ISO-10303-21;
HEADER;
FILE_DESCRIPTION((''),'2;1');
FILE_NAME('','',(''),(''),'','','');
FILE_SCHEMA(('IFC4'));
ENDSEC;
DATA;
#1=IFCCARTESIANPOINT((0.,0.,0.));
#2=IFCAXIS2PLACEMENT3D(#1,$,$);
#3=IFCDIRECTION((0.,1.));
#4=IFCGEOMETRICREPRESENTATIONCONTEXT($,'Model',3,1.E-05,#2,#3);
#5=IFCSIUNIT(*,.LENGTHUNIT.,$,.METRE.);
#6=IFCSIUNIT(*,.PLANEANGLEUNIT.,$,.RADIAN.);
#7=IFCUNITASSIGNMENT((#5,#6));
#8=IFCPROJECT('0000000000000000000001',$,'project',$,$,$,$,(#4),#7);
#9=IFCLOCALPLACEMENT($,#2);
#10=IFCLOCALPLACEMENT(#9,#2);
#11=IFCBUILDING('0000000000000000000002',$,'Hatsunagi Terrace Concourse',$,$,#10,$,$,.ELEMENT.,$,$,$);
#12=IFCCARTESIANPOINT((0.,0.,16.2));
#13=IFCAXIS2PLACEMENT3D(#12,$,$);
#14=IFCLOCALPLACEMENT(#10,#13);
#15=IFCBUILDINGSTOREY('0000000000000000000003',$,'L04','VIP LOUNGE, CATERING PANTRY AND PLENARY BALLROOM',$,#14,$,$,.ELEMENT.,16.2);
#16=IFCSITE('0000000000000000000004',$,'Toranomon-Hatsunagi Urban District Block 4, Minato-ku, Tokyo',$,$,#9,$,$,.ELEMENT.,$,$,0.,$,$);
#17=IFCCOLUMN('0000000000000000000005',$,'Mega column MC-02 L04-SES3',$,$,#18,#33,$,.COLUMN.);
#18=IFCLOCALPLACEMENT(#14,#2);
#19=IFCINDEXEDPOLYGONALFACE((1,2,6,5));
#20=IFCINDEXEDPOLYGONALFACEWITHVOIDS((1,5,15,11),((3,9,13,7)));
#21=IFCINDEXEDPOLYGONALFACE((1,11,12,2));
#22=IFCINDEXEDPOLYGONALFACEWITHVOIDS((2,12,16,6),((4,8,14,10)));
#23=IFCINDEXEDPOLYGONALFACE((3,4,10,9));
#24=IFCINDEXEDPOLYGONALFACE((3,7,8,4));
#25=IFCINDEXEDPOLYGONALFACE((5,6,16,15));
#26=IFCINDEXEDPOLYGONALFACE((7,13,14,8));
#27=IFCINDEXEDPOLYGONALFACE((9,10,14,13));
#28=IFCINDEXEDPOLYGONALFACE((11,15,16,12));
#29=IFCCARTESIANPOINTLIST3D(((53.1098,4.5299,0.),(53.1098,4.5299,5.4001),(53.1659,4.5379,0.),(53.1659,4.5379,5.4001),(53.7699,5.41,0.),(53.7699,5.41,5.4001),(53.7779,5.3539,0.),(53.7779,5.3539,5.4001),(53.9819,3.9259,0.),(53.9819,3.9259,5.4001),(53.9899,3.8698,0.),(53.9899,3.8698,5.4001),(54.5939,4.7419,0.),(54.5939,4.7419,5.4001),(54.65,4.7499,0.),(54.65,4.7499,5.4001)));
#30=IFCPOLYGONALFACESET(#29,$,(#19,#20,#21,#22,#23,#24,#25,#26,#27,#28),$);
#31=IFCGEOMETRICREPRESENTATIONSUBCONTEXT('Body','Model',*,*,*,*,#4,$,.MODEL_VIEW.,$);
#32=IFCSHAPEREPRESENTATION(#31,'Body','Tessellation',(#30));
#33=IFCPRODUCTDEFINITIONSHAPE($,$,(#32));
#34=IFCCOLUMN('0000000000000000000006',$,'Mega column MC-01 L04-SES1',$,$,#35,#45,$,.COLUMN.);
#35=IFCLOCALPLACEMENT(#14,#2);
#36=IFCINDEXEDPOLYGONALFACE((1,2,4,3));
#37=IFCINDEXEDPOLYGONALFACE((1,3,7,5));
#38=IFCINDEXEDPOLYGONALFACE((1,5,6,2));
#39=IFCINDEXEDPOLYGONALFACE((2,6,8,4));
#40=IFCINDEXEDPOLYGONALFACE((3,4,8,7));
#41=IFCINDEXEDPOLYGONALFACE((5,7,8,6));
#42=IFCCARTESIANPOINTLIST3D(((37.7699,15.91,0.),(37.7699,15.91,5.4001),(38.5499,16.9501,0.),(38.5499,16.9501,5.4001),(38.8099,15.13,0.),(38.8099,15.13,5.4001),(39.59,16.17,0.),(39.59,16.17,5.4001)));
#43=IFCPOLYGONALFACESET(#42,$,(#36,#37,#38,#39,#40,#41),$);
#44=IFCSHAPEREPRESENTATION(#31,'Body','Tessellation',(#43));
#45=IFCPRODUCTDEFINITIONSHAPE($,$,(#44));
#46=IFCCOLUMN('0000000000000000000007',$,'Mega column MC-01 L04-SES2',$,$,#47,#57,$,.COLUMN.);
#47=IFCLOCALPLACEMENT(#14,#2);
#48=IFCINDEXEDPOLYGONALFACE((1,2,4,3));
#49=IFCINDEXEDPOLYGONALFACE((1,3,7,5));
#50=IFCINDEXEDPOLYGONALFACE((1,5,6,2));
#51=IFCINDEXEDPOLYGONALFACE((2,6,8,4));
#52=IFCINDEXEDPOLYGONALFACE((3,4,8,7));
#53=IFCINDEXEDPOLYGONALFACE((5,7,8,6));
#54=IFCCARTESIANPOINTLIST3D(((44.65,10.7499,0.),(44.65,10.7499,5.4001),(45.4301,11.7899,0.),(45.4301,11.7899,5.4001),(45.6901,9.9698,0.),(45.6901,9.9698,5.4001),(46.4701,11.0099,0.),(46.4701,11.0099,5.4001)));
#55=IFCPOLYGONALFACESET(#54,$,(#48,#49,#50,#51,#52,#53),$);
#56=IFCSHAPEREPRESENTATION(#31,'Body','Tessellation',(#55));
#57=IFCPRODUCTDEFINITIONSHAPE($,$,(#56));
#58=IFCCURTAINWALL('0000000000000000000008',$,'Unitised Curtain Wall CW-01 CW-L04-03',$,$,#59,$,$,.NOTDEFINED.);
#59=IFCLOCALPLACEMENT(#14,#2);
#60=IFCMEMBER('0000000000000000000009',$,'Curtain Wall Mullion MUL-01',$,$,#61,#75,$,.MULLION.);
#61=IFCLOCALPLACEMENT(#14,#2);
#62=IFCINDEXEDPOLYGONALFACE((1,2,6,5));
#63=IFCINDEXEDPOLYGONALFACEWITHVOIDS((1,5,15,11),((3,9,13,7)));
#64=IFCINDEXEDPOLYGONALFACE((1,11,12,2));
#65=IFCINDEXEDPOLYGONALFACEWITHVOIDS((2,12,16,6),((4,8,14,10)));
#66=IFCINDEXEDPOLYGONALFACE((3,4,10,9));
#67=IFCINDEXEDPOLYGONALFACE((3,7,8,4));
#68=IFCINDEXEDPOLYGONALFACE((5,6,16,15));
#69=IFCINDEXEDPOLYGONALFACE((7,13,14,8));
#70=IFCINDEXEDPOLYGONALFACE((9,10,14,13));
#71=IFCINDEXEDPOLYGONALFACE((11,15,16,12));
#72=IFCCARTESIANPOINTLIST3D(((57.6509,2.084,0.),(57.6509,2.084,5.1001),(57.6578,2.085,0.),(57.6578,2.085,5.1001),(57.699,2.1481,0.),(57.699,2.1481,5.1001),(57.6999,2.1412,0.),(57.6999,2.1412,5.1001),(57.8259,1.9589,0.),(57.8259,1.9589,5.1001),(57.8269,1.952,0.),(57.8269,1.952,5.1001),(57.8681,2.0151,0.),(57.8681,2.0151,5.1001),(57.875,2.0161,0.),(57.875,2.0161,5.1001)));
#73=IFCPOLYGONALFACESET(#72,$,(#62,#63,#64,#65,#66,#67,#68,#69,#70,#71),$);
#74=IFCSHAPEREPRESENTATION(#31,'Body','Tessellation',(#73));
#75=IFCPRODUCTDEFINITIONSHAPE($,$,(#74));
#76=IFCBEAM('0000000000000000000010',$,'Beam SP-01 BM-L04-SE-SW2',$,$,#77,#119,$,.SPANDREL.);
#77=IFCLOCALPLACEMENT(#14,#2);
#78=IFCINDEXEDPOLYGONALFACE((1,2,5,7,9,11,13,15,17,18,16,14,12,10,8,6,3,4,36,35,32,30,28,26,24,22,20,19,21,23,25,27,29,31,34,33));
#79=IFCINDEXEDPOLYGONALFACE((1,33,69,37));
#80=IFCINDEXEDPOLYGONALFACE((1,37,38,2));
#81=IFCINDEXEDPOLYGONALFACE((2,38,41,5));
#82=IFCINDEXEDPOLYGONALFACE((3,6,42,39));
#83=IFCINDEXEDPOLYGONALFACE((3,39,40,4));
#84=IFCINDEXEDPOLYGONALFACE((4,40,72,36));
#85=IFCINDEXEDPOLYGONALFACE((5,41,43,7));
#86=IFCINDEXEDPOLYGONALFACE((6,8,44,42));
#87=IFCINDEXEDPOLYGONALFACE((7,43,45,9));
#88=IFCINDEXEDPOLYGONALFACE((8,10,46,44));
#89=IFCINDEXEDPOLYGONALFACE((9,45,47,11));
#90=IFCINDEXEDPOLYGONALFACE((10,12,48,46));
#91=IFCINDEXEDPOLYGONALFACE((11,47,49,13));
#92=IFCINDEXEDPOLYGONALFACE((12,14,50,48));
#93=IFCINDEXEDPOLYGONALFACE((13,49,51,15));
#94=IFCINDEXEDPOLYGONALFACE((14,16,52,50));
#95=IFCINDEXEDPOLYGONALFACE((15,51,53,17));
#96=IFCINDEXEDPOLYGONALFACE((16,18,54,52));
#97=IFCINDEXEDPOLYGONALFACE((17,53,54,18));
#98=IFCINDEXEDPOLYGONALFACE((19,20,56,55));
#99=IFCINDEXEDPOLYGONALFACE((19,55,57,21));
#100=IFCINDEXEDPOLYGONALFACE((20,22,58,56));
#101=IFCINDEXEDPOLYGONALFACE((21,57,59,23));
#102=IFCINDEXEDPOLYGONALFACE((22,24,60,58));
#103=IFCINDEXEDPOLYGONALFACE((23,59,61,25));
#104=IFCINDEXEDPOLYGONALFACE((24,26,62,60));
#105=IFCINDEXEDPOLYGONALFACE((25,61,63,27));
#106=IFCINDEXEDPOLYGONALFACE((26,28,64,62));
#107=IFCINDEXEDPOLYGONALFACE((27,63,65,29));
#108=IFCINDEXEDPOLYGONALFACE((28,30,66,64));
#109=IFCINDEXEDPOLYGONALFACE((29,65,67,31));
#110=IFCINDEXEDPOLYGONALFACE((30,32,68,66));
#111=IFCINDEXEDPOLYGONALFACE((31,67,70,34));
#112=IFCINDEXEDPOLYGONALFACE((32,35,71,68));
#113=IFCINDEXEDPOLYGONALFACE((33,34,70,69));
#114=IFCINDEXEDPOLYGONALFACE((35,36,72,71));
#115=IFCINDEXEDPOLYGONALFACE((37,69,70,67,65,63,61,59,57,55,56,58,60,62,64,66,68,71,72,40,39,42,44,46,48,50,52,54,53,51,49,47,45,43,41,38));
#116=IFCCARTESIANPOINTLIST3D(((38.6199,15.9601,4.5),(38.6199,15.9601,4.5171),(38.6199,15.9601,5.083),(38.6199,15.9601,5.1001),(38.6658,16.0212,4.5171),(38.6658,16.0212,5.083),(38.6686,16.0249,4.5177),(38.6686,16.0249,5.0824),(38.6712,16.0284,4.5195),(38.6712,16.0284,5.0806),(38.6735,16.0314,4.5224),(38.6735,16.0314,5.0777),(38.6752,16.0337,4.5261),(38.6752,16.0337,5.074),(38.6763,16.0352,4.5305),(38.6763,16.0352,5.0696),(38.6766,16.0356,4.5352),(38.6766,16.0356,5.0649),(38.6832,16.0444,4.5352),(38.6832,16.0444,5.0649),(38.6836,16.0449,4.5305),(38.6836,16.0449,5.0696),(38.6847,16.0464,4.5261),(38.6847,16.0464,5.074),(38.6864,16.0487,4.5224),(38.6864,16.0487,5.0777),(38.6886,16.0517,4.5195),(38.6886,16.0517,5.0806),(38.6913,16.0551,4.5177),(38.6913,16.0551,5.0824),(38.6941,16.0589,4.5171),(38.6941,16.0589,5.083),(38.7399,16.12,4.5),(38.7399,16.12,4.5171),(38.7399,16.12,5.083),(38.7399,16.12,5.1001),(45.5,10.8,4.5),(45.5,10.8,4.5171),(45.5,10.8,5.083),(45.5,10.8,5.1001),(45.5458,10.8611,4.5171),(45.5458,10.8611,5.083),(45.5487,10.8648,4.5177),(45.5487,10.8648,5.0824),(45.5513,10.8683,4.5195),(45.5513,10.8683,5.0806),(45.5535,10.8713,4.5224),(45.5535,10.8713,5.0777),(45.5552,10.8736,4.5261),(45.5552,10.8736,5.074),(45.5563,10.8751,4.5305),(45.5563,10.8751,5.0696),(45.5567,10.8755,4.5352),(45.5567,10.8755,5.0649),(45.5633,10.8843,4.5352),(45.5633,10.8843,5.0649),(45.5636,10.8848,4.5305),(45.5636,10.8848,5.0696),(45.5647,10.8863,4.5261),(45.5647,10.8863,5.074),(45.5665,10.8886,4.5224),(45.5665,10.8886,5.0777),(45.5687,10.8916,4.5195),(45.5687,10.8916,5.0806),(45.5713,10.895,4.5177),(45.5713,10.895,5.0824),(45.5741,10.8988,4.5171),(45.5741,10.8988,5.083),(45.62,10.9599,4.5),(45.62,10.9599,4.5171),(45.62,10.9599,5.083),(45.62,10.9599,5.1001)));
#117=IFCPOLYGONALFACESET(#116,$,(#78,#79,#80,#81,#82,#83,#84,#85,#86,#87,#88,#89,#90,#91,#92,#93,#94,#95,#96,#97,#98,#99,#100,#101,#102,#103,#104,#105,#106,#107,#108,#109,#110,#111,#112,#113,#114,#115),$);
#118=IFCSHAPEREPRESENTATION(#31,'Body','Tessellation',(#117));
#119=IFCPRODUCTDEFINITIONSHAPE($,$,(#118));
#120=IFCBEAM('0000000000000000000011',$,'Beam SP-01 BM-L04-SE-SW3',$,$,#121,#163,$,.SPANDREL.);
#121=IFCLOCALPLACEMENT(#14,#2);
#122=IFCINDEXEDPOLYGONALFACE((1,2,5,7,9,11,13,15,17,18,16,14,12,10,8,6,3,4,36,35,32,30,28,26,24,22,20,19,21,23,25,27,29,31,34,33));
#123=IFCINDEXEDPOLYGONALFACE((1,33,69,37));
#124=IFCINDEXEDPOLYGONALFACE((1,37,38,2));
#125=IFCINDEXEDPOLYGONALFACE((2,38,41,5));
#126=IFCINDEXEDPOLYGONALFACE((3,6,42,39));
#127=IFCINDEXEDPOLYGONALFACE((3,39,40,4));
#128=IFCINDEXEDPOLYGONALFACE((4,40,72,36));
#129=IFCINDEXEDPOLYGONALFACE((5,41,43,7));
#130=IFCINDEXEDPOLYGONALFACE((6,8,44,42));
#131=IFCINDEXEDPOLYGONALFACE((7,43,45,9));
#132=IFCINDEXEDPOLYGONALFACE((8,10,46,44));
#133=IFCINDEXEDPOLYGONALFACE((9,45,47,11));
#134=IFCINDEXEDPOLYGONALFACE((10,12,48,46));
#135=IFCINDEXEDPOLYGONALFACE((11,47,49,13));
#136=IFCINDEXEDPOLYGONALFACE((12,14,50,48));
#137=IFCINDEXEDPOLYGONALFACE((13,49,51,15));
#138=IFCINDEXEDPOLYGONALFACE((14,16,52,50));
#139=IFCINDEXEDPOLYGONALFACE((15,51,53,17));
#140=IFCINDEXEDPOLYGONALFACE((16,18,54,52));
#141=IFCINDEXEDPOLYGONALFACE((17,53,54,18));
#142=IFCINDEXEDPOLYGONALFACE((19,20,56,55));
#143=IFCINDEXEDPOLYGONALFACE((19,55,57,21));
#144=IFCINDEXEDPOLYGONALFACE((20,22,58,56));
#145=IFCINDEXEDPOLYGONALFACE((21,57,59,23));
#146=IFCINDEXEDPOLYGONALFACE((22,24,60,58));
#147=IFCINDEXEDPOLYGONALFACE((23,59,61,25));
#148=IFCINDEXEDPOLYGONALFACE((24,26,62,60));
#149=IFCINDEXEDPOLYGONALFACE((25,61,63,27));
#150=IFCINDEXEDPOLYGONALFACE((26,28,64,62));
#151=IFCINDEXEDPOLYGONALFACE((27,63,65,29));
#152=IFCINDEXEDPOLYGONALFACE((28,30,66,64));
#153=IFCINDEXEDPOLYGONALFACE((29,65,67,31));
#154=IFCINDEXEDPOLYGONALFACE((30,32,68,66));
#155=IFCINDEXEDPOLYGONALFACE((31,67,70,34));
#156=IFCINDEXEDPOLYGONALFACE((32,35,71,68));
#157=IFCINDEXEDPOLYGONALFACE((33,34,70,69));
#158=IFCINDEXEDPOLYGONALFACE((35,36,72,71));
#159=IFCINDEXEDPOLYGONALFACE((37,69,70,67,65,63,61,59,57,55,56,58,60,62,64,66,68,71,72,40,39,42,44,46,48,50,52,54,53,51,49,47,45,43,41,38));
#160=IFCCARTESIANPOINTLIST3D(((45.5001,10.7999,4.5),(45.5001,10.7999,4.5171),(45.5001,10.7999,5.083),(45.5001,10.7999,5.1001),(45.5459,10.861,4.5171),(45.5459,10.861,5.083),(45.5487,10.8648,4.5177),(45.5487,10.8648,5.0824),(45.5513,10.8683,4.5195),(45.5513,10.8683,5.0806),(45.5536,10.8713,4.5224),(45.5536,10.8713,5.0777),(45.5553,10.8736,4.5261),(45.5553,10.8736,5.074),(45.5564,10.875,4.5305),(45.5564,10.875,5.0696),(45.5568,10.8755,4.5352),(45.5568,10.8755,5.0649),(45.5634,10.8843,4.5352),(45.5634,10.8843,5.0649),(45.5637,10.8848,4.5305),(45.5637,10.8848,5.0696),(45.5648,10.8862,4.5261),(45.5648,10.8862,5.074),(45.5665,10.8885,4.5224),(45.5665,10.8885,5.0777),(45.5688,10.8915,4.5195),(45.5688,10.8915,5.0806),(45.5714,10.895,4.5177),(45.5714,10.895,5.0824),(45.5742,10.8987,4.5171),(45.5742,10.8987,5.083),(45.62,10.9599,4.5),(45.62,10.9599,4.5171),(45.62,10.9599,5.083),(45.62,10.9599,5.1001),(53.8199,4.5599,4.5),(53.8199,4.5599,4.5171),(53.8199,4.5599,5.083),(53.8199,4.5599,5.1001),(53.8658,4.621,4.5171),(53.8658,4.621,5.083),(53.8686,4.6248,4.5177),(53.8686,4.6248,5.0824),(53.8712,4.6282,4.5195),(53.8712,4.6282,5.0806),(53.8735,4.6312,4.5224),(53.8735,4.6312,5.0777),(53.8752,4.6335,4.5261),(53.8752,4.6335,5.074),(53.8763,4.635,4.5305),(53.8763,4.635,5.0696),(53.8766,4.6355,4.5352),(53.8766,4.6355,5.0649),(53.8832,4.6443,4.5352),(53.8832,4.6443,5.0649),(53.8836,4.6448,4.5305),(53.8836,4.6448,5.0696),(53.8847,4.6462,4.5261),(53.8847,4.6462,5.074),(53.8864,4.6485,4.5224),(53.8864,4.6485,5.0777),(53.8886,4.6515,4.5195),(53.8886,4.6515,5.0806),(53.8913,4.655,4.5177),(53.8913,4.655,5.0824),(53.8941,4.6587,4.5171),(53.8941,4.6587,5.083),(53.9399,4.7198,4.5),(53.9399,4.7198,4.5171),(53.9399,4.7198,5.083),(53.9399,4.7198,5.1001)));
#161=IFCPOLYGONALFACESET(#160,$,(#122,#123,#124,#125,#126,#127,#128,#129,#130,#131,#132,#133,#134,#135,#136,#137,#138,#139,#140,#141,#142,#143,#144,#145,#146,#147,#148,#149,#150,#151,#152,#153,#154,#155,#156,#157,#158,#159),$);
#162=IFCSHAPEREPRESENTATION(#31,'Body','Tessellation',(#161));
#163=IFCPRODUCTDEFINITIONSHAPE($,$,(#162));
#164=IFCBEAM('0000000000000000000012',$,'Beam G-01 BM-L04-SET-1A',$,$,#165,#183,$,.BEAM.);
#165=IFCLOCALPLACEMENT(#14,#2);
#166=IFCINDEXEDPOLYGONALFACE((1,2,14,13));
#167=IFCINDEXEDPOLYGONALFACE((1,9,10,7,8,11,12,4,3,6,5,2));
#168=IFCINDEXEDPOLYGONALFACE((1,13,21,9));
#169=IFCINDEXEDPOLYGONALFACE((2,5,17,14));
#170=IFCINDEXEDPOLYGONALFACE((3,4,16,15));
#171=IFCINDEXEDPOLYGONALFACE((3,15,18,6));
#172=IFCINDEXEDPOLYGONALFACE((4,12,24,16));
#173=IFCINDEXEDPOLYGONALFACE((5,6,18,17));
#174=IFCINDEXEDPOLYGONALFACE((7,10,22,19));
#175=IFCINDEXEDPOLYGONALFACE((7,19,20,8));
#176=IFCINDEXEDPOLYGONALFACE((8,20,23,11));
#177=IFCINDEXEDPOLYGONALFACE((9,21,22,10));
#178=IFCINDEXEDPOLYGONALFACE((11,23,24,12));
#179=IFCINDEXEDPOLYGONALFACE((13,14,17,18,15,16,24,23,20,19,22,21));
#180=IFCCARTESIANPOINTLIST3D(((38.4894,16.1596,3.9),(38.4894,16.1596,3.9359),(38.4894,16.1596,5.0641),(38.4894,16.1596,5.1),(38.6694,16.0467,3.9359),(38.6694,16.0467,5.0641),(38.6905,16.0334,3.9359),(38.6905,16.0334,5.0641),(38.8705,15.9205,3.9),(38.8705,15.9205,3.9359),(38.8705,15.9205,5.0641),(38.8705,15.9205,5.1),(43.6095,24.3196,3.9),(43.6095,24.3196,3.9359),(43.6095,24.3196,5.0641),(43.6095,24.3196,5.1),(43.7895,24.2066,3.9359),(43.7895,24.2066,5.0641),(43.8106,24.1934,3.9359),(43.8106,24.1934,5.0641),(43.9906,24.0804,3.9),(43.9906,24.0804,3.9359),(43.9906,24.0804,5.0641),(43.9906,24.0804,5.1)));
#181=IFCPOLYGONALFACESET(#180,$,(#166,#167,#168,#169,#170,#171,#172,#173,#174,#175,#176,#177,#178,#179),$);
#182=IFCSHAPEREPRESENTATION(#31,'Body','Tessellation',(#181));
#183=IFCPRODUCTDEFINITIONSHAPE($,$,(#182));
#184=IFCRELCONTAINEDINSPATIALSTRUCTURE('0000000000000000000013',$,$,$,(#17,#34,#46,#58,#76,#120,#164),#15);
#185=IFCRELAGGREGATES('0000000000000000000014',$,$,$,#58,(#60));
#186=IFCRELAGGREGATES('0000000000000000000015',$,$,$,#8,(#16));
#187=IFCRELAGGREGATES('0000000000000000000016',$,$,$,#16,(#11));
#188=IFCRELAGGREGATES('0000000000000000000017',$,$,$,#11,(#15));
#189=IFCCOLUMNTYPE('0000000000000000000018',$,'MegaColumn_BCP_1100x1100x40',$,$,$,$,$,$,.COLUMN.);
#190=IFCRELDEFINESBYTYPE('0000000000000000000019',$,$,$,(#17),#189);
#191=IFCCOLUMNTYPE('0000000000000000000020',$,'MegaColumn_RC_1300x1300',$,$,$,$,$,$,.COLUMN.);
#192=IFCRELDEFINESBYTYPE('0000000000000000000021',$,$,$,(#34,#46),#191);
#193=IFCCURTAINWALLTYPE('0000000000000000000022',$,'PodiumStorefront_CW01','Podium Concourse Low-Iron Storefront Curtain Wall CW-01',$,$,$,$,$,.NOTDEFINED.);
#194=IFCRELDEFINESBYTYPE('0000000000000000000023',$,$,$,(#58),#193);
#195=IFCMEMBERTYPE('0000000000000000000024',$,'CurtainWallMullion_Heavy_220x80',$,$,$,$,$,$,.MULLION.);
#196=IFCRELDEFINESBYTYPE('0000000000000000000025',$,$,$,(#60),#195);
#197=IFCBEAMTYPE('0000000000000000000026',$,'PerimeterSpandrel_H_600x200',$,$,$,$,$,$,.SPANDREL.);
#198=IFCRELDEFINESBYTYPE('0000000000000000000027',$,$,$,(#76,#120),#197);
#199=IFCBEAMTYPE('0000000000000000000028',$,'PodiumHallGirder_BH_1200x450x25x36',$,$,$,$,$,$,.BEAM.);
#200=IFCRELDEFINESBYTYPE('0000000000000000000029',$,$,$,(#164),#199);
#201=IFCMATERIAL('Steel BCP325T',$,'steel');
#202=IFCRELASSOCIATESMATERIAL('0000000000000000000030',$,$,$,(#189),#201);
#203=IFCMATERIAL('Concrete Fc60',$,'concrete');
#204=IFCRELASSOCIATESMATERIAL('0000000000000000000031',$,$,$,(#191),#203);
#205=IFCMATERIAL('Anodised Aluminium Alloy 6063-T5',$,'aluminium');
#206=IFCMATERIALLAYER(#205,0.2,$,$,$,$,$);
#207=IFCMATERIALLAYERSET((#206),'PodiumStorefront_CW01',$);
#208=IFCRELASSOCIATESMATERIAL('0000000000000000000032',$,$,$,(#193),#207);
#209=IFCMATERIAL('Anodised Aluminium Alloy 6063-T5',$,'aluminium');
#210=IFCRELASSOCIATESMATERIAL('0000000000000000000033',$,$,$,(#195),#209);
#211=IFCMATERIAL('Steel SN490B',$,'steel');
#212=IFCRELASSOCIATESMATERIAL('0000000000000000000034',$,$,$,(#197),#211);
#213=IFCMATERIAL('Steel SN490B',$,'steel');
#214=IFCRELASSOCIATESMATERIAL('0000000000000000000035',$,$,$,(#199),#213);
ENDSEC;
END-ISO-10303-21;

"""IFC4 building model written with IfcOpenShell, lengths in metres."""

from ifc_helpers import new_model, si_unit, direction, frame, origin, origin_2d, place, context, subcontext, project, spatial, rectangle, hollow_rectangle, i_section, extrude, material, layer, layer_set, material_profile, profile_set, type_object, element, aggregate, save


model = new_model("IFC4")

# Units and contexts
model_context = context("Model", 3, precision=1e-05, world=origin(), true_north=direction((0.0, 1.0)))
body_context = subcontext(model_context, "Body", "Model", "MODEL_VIEW")
ifc_project = project(units=[si_unit("LENGTHUNIT", "METRE"), si_unit("PLANEANGLEUNIT", "RADIAN")], contexts=[model_context])

# Site, building, storey
site_placement = place(None, origin())
site = spatial("IfcSite", under=ifc_project, at=site_placement, Name="Toranomon-Hatsunagi Urban District Block 4, Minato-ku, Tokyo", CompositionType="ELEMENT", RefElevation=0.0)
building_placement = place(site_placement, origin())
building = spatial("IfcBuilding", under=site, at=building_placement, Name="Hatsunagi Terrace Concourse", CompositionType="ELEMENT")
storey_placement = place(building_placement, frame((0.0, 0.0, 16.2)))
storey = spatial("IfcBuildingStorey", under=building, at=storey_placement, Name="L04", Description="VIP LOUNGE, CATERING PANTRY AND PLENARY BALLROOM", CompositionType="ELEMENT", Elevation=16.2)

# Columns
ifc_material_1 = material(Name="Steel BCP325T", Category="steel")
ifc_material_profile_1 = material_profile(ifc_material_1, hollow_rectangle(XDim=1.1001, YDim=1.1001, WallThickness=0.04, at=origin_2d()), Name="BCP-1100x1100x40")
ifc_profile_set_1 = profile_set([ifc_material_profile_1], Name="Steel BCP325T")
column_type_1 = type_object("IfcColumnType", Name="MegaColumn_BCP_1100x1100x40", PredefinedType="COLUMN", material=ifc_profile_set_1)
column_placement = place(storey_placement, frame((53.8799, 4.6399, 0.0), z_axis=(0.0, 0.0, 1.0), x_axis=(0.8, -0.6, 0.0)))
element("IfcColumn", 1, at=column_placement, inside=storey, type_object=column_type_1, Name="Mega column MC-02 L04-SES3", PredefinedType="COLUMN", context=body_context, shape_type="SweptSolid", body=[
    extrude(hollow_rectangle(XDim=1.1001, YDim=1.1001, WallThickness=0.04, at=origin_2d()), origin(), (0.0, 0.0, 1.0), 5.4001),
])
ifc_material_2 = material(Name="Concrete Fc60", Category="concrete")
ifc_material_profile_2 = material_profile(ifc_material_2, rectangle(XDim=1.3, YDim=1.3, at=origin_2d()), Name="RC-1300x1300")
ifc_profile_set_2 = profile_set([ifc_material_profile_2], Name="Concrete Fc60")
column_type_2 = type_object("IfcColumnType", Name="MegaColumn_RC_1300x1300", PredefinedType="COLUMN", material=ifc_profile_set_2)
for number, where, z_axis, x_axis, name in (
    (2, (38.6799, 16.04, 0.0), (0.0, 0.0, 1.0), (0.8, -0.6, 0.0), "Mega column MC-01 L04-SES1"),
    (3, (45.5601, 10.8799, 0.0), (0.0, 0.0, 1.0), (0.8, -0.6, 0.0), "Mega column MC-01 L04-SES2"),
):
    element("IfcColumn", number, at=place(storey_placement, frame(where, z_axis=z_axis, x_axis=x_axis)), inside=storey, type_object=column_type_2, Name=name, PredefinedType="COLUMN", context=body_context, shape_type="SweptSolid", body=[
        extrude(rectangle(XDim=1.3, YDim=1.3, at=origin_2d()), origin(), (0.0, 0.0, 1.0), 5.4001),
    ])

# Curtain wall, member
ifc_material_3 = material(Name="Anodised Aluminium Alloy 6063-T5", Category="aluminium")
ifc_layer_1 = layer(ifc_material_3, 0.2)
ifc_layer_set_1 = layer_set([ifc_layer_1], Name="PodiumStorefront_CW01")
curtain_wall_type = type_object("IfcCurtainWallType", Name="PodiumStorefront_CW01", Description="Podium Concourse Low-Iron Storefront Curtain Wall CW-01", PredefinedType="NOTDEFINED", material=ifc_layer_set_1)
curtain_wall_placement = place(storey_placement, origin())
curtain_wall = element("IfcCurtainWall", 4, at=curtain_wall_placement, inside=storey, type_object=curtain_wall_type, Name="Unitised Curtain Wall CW-01 CW-L04-03", PredefinedType="NOTDEFINED")
ifc_material_4 = material(Name="Anodised Aluminium Alloy 6063-T5", Category="aluminium")
ifc_material_profile_3 = material_profile(ifc_material_4, hollow_rectangle(XDim=0.0801, YDim=0.22, WallThickness=0.0049, at=origin_2d()), Name="ALU-MUL-220x80x5")
ifc_profile_set_3 = profile_set([ifc_material_profile_3], Name="Anodised Aluminium Alloy 6063-T5")
member_type = type_object("IfcMemberType", Name="CurtainWallMullion_Heavy_220x80", PredefinedType="MULLION", material=ifc_profile_set_3)
member_placement = place(storey_placement, frame((57.7629, 2.05, 0.0), z_axis=(0.0, 0.0, 1.0), x_axis=(-0.599969, -0.800023, 0.0)))
member = element("IfcMember", 5, at=member_placement, type_object=member_type, Name="Curtain Wall Mullion MUL-01", PredefinedType="MULLION", context=body_context, shape_type="SweptSolid", body=[
    extrude(hollow_rectangle(XDim=0.0801, YDim=0.22, WallThickness=0.0049, at=origin_2d()), origin(), (0.0, 0.0, 1.0), 5.1001),
])
aggregate(curtain_wall, [member])

# Beams
ifc_material_5 = material(Name="Steel SN490B", Category="steel")
ifc_material_profile_4 = material_profile(ifc_material_5, i_section(OverallWidth=0.2, OverallDepth=0.6001, WebThickness=0.011, FlangeThickness=0.0171, FilletRadius=0.0181, at=origin_2d()), Name="H-600x200x11x17")
ifc_profile_set_4 = profile_set([ifc_material_profile_4], Name="Steel SN490B")
beam_type_1 = type_object("IfcBeamType", Name="PerimeterSpandrel_H_600x200", PredefinedType="SPANDREL", material=ifc_profile_set_4)
beam_1_placement = place(storey_placement, frame((38.6799, 16.04, 4.8), z_axis=(0.799997, -0.600005, 0.0), x_axis=(0.600005, 0.799997, 0.0)))
element("IfcBeam", 6, at=beam_1_placement, inside=storey, type_object=beam_type_1, Name="Beam SP-01 BM-L04-SE-SW2", PredefinedType="SPANDREL", context=body_context, shape_type="SweptSolid", body=[
    extrude(i_section(OverallWidth=0.2, OverallDepth=0.6001, WebThickness=0.011, FlangeThickness=0.0171, FilletRadius=0.0181, at=origin_2d()), origin(), (0.0, 0.0, 1.0), 8.6001),
])
beam_2_placement = place(storey_placement, frame((45.5601, 10.8799, 4.8), z_axis=(0.799994, -0.600008, 0.0), x_axis=(0.600008, 0.799994, 0.0)))
element("IfcBeam", 7, at=beam_2_placement, inside=storey, type_object=beam_type_1, Name="Beam SP-01 BM-L04-SE-SW3", PredefinedType="SPANDREL", context=body_context, shape_type="SweptSolid", body=[
    extrude(i_section(OverallWidth=0.2, OverallDepth=0.6001, WebThickness=0.011, FlangeThickness=0.0171, FilletRadius=0.0181, at=origin_2d()), origin(), (0.0, 0.0, 1.0), 10.3999),
])
ifc_material_6 = material(Name="Steel SN490B", Category="steel")
ifc_material_profile_5 = material_profile(ifc_material_6, i_section(OverallWidth=0.45, OverallDepth=1.2, WebThickness=0.0249, FlangeThickness=0.0359, at=origin_2d()), Name="BH-1200x450x25x36")
ifc_profile_set_5 = profile_set([ifc_material_profile_5], Name="Steel SN490B")
beam_type_2 = type_object("IfcBeamType", Name="PodiumHallGirder_BH_1200x450x25x36", PredefinedType="BEAM", material=ifc_profile_set_5)
beam_3_placement = place(storey_placement, frame((38.6799, 16.04, 4.5), z_axis=(0.531504, 0.847056, 0.0), x_axis=(-0.847056, 0.531504, 0.0)))
element("IfcBeam", 8, at=beam_3_placement, inside=storey, type_object=beam_type_2, Name="Beam G-01 BM-L04-SET-1A", PredefinedType="BEAM", context=body_context, shape_type="SweptSolid", body=[
    extrude(i_section(OverallWidth=0.45, OverallDepth=1.2, WebThickness=0.0249, FlangeThickness=0.0359, at=origin_2d()), origin(), (0.0, 0.0, 1.0), 9.6333),
])

save(model, "model.ifc")
